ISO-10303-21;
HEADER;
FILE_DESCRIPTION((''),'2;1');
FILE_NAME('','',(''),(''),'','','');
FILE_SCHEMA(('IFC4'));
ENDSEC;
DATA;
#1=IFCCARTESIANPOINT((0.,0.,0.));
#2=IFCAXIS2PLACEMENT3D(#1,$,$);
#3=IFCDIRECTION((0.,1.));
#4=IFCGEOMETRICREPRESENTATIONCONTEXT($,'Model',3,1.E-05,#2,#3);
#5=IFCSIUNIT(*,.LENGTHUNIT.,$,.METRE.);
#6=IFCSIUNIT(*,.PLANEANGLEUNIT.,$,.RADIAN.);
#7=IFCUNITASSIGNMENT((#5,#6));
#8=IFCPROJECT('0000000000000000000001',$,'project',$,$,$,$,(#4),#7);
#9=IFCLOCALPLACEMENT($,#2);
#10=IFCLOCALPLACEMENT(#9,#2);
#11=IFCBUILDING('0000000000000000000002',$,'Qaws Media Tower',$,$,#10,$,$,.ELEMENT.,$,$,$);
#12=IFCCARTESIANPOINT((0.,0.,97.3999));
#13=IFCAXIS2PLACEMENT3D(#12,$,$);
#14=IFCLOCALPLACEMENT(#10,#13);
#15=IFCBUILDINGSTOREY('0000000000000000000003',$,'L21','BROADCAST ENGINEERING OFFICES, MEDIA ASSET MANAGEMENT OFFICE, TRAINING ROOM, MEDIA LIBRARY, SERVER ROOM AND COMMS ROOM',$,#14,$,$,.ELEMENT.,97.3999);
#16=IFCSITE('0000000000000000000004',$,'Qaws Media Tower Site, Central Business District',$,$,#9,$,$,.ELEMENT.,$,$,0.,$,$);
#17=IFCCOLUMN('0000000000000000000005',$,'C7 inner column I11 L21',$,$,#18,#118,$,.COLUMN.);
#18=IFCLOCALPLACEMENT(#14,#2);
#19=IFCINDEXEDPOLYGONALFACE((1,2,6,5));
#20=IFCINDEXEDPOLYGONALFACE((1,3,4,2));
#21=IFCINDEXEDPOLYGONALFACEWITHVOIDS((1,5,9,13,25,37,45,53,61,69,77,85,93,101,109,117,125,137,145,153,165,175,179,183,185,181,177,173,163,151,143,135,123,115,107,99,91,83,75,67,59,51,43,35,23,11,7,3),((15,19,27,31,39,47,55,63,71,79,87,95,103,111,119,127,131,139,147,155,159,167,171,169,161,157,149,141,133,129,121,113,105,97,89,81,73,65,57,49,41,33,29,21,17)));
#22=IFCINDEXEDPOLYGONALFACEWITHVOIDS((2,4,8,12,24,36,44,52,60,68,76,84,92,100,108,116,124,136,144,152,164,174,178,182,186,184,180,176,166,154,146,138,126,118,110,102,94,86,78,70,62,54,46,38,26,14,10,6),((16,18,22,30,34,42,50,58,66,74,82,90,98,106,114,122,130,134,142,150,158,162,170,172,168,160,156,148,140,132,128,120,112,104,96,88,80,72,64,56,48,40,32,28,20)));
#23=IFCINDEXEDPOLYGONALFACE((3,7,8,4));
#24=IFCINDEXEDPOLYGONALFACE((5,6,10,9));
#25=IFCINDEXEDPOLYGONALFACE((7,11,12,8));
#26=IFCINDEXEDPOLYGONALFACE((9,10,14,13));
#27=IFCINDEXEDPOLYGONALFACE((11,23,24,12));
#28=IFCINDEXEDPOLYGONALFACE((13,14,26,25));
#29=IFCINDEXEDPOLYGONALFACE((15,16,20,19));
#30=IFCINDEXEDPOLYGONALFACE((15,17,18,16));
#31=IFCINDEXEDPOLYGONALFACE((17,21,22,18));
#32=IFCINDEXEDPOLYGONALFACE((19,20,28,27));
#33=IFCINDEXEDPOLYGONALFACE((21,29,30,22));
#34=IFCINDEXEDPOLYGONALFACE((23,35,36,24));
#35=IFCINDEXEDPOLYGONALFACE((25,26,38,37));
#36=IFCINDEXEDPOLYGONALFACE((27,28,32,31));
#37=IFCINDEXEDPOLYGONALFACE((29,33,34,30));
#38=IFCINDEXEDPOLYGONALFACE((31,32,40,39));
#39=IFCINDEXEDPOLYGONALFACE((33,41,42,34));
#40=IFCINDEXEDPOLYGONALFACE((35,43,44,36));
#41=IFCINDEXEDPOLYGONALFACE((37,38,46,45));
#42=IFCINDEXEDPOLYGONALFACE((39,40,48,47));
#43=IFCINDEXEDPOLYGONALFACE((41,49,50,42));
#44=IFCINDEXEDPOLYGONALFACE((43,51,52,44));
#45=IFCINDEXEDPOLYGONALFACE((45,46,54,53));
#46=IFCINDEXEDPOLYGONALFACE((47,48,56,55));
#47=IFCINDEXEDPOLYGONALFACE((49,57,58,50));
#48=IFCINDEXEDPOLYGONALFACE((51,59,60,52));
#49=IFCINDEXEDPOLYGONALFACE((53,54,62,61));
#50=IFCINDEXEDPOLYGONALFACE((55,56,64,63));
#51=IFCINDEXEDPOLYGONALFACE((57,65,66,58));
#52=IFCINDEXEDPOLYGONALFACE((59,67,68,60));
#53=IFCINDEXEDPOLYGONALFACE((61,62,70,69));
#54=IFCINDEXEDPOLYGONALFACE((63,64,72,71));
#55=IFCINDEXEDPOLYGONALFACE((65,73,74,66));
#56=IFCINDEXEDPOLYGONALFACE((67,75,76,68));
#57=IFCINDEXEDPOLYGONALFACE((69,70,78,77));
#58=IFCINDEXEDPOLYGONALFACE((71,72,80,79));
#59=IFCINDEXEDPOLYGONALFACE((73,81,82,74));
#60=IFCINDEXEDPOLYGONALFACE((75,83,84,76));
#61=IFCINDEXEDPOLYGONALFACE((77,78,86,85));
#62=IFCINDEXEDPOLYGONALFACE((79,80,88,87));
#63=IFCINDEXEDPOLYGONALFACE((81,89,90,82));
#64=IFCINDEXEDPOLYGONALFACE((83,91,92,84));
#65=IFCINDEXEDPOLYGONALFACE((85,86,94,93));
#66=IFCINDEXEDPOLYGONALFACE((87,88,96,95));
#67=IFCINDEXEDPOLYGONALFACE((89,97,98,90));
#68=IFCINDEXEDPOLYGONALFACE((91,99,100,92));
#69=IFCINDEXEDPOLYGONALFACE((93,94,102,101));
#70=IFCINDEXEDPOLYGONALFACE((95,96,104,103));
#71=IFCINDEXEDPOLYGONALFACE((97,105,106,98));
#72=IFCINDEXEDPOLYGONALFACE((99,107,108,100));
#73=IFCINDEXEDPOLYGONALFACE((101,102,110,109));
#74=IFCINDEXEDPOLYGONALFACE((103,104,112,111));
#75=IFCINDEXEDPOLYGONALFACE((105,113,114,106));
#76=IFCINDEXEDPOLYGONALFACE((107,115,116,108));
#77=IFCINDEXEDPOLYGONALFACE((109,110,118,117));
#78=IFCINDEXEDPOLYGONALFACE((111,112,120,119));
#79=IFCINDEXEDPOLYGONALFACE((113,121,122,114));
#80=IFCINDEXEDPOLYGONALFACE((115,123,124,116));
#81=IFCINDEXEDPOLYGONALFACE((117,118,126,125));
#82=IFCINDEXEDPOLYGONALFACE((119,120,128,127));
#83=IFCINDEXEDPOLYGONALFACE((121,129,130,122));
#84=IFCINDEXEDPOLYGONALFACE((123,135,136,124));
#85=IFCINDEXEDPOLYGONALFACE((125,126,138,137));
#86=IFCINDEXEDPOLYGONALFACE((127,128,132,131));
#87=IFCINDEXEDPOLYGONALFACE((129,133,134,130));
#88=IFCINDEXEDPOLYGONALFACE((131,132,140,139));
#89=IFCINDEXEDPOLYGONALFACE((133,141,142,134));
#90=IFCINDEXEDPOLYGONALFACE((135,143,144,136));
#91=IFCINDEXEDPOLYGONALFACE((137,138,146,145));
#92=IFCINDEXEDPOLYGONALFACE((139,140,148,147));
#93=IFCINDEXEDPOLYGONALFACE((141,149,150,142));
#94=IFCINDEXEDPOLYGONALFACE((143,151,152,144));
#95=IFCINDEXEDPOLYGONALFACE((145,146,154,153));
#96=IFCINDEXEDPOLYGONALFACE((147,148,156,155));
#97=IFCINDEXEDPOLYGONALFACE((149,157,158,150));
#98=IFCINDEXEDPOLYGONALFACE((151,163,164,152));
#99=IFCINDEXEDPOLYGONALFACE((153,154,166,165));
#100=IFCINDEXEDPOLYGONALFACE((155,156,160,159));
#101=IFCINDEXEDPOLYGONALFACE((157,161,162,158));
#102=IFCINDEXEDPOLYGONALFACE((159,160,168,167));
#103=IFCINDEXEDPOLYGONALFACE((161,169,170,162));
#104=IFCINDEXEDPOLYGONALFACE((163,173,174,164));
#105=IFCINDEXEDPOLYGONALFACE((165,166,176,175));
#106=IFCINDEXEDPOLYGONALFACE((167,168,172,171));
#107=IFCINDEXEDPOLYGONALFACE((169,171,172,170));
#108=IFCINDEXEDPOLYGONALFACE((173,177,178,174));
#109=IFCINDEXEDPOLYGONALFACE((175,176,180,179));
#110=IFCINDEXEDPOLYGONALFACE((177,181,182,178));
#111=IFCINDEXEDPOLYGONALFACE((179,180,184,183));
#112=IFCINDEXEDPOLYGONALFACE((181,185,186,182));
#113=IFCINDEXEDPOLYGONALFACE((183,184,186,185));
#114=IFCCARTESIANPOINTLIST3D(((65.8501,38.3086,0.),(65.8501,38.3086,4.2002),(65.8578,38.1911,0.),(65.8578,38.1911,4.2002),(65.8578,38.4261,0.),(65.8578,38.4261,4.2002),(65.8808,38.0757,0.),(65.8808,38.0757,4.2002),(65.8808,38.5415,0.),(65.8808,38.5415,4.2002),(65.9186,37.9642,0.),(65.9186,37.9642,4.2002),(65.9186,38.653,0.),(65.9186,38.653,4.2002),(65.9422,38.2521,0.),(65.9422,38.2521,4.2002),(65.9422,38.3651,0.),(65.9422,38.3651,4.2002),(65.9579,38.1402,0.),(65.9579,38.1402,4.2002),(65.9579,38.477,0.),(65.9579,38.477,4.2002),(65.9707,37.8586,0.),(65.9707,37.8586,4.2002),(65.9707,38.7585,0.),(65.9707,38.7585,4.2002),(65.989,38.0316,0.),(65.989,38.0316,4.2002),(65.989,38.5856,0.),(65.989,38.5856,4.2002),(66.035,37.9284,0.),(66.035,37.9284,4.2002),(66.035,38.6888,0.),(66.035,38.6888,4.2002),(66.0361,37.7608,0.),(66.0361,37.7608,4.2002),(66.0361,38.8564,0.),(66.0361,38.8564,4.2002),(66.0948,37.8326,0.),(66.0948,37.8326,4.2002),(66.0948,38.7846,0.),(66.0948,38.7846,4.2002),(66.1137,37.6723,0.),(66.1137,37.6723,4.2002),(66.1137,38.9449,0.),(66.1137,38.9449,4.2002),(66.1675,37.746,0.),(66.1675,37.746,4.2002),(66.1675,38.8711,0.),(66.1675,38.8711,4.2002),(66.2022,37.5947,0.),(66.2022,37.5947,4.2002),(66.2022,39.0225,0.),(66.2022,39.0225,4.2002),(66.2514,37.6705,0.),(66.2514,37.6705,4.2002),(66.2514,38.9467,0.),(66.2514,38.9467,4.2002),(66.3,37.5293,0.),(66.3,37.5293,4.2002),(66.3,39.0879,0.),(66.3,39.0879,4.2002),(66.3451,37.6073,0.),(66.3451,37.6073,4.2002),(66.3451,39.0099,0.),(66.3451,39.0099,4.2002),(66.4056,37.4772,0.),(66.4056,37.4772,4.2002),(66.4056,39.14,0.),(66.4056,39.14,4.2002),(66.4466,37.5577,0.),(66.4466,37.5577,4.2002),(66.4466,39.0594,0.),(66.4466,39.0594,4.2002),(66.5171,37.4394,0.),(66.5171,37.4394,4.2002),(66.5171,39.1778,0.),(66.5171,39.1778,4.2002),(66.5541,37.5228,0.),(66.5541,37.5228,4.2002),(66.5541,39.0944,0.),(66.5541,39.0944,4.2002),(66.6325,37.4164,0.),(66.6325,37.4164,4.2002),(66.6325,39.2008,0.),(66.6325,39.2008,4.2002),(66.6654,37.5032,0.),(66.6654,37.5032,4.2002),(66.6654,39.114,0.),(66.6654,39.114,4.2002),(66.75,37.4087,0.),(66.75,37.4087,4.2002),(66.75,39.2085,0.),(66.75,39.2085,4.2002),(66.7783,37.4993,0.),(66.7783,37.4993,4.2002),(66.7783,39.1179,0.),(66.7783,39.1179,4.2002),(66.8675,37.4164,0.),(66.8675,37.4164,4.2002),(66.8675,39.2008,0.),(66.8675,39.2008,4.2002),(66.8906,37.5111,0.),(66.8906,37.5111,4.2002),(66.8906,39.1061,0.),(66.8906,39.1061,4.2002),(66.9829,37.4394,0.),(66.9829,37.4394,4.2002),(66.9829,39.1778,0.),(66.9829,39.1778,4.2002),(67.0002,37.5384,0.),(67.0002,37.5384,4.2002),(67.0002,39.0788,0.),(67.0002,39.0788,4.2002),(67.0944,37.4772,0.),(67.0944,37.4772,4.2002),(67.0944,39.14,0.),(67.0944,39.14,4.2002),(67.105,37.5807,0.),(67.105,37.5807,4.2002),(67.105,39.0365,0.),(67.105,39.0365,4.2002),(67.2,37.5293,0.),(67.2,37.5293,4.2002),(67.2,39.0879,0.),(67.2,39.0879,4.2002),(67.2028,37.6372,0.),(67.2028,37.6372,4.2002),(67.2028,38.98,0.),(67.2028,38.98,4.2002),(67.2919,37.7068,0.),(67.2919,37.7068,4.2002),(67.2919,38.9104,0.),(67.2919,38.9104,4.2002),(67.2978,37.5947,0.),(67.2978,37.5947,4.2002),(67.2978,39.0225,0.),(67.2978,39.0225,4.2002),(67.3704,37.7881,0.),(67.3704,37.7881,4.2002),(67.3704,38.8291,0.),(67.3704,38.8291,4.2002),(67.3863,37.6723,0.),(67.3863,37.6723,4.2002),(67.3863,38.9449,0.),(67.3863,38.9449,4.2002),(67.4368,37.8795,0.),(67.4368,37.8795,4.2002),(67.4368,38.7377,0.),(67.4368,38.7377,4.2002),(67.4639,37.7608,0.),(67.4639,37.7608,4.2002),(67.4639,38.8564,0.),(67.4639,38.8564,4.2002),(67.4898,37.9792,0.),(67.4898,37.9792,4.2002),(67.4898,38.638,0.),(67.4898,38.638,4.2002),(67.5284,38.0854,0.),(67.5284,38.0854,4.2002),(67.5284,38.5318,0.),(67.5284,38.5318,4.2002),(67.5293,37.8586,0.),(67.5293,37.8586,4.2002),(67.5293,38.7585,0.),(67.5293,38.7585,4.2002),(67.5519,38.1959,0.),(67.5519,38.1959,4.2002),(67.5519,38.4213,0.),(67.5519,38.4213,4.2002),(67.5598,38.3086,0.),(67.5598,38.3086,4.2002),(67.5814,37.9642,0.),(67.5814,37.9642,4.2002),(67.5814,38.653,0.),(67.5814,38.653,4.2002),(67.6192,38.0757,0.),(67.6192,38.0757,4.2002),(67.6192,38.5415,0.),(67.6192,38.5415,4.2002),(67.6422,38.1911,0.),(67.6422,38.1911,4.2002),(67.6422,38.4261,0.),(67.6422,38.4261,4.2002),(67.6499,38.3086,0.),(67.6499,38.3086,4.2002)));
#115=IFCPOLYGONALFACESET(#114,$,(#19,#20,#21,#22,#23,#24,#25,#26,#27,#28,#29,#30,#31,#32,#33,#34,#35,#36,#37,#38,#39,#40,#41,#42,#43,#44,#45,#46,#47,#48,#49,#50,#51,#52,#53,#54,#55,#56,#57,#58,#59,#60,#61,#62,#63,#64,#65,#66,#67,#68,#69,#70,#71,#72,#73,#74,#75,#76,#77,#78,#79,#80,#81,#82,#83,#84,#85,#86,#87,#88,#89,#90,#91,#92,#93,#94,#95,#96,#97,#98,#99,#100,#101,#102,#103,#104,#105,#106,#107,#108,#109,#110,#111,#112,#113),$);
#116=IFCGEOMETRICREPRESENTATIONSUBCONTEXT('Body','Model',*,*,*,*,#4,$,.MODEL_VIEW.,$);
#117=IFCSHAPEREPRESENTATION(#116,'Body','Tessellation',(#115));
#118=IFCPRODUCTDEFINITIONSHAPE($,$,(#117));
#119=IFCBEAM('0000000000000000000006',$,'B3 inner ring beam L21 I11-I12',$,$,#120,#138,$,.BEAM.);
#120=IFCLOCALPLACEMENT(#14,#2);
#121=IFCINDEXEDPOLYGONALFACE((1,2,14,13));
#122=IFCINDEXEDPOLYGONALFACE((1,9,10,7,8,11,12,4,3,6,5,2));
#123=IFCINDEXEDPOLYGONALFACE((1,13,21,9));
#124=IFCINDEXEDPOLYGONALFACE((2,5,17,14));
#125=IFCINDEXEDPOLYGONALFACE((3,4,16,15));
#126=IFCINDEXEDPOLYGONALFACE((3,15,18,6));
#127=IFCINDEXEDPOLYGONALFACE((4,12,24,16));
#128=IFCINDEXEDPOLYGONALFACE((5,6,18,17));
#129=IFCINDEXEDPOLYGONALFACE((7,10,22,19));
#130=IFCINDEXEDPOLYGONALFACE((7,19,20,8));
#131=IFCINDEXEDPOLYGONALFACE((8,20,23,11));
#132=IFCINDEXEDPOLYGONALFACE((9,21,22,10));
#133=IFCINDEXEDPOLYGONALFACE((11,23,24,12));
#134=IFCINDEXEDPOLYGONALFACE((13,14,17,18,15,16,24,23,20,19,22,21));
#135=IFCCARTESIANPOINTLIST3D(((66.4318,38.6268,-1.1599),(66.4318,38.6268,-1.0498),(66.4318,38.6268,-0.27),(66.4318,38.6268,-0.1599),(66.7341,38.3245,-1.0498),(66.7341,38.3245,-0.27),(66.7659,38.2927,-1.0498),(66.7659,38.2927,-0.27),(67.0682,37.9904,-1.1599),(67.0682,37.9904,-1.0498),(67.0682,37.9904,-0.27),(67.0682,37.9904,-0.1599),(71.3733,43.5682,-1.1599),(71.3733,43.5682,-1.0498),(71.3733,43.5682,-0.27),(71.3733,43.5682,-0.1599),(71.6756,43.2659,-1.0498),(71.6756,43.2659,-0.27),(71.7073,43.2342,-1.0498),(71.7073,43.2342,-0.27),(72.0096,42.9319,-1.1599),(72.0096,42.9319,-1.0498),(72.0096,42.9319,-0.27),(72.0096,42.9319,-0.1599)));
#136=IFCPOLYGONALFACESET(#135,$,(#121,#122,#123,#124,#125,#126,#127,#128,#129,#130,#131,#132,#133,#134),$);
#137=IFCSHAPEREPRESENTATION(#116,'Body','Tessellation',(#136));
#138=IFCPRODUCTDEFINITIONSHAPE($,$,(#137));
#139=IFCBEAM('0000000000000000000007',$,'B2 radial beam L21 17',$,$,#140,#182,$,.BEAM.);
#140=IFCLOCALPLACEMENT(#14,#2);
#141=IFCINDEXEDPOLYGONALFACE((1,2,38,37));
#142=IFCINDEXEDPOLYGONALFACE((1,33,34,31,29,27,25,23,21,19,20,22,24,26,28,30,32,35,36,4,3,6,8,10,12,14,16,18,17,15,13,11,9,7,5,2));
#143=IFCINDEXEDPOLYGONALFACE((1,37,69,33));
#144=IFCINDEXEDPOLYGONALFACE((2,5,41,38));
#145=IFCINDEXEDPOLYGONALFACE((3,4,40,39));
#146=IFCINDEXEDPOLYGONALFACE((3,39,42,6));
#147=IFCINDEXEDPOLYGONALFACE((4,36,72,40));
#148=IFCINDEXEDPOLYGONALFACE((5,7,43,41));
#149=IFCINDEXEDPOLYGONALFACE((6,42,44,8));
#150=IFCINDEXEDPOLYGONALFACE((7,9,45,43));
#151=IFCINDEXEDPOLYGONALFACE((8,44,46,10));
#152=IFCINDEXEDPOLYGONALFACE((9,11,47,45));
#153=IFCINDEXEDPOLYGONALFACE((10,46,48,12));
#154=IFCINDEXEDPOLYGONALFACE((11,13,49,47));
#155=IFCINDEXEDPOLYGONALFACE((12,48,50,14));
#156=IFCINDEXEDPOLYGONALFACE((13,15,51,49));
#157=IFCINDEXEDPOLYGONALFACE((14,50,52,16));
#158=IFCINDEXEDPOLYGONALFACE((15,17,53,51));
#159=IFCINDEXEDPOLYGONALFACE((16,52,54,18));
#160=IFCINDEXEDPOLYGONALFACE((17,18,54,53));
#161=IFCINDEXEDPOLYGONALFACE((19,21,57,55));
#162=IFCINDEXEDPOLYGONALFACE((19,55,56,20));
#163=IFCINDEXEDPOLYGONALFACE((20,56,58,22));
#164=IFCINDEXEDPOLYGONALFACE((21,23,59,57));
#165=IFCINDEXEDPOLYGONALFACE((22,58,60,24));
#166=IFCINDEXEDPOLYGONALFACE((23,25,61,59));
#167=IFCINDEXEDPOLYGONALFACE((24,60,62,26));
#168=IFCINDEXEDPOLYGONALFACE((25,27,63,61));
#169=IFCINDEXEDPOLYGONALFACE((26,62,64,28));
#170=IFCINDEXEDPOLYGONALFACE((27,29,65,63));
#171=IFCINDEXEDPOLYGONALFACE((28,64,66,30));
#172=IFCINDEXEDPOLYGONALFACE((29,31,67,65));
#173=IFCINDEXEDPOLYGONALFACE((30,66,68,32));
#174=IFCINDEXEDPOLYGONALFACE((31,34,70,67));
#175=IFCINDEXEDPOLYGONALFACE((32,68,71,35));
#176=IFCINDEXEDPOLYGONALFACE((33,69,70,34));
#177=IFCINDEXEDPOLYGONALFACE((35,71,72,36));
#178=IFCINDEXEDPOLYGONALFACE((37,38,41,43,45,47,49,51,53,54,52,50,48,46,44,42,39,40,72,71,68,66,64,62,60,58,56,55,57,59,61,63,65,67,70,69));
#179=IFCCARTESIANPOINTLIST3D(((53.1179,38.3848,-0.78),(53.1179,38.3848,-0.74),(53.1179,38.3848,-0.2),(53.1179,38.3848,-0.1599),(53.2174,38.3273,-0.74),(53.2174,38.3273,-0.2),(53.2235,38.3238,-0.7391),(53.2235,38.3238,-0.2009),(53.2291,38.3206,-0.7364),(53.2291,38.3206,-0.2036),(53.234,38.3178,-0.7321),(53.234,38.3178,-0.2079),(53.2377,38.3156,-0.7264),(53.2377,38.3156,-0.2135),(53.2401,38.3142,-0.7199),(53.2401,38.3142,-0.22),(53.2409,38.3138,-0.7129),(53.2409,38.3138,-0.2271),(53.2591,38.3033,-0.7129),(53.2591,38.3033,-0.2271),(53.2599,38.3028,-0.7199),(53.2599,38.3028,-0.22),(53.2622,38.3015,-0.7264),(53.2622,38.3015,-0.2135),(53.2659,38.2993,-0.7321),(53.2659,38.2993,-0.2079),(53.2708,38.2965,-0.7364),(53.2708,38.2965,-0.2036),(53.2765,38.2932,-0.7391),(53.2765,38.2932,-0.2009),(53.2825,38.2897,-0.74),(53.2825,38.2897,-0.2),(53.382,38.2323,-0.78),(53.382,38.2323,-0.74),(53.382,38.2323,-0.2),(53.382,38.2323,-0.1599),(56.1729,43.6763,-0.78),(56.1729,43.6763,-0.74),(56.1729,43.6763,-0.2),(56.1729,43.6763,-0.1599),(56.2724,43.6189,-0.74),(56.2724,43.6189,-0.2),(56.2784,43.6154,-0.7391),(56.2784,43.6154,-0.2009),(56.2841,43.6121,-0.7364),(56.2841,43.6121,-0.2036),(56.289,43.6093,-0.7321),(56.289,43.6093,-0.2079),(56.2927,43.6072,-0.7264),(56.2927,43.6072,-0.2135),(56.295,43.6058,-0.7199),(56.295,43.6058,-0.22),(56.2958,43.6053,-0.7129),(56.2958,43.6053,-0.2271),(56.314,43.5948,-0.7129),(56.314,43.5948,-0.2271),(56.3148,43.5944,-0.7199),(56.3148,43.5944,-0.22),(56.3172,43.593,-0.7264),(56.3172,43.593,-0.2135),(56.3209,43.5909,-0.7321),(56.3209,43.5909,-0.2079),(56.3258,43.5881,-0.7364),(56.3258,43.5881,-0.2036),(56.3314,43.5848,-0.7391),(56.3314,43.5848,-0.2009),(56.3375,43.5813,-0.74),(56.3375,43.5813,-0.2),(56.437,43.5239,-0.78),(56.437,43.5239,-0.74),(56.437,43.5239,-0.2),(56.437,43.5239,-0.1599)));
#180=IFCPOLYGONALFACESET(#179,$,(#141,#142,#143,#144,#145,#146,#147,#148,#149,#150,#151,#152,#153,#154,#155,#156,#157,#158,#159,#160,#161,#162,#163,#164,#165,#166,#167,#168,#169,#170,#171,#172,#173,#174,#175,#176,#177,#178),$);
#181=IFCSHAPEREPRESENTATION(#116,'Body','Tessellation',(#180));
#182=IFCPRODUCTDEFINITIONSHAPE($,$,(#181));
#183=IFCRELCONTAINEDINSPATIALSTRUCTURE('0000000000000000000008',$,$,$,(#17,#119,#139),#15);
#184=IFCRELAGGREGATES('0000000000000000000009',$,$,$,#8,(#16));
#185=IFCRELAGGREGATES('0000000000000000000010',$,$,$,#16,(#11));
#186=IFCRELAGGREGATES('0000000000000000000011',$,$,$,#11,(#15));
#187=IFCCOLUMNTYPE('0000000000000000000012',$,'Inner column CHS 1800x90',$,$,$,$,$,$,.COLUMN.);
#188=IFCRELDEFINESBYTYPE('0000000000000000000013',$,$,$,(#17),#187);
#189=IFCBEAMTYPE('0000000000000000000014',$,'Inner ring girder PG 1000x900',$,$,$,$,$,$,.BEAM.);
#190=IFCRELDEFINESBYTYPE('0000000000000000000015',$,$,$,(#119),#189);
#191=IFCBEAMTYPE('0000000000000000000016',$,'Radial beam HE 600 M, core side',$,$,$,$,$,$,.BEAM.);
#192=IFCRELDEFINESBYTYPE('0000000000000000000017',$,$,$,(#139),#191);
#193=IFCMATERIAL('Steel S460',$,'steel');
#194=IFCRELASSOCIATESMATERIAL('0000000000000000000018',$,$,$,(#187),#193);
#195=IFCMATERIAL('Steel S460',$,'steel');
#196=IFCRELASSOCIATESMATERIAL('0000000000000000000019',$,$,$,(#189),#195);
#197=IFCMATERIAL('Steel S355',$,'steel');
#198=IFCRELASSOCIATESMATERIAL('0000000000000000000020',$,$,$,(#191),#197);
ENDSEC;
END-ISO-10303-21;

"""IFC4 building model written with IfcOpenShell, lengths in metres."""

from ifc_helpers import new_model, si_unit, direction, frame, origin, origin_2d, place, context, subcontext, project, spatial, hollow_circle, i_section, extrude, material, material_profile, profile_set, type_object, element, save


model = new_model("IFC4")

# Units and contexts
model_context = context("Model", 3, precision=1e-05, world=origin(), true_north=direction((0.0, 1.0)))
body_context = subcontext(model_context, "Body", "Model", "MODEL_VIEW")
ifc_project = project(units=[si_unit("LENGTHUNIT", "METRE"), si_unit("PLANEANGLEUNIT", "RADIAN")], contexts=[model_context])

# Site, building, storey
site_placement = place(None, origin())
site = spatial("IfcSite", under=ifc_project, at=site_placement, Name="Qaws Media Tower Site, Central Business District", CompositionType="ELEMENT", RefElevation=0.0)
building_placement = place(site_placement, origin())
building = spatial("IfcBuilding", under=site, at=building_placement, Name="Qaws Media Tower", CompositionType="ELEMENT")
storey_placement = place(building_placement, frame((0.0, 0.0, 97.3999)))
storey = spatial("IfcBuildingStorey", under=building, at=storey_placement, Name="L21", Description="BROADCAST ENGINEERING OFFICES, MEDIA ASSET MANAGEMENT OFFICE, TRAINING ROOM, MEDIA LIBRARY, SERVER ROOM AND COMMS ROOM", CompositionType="ELEMENT", Elevation=97.3999)

# Column
ifc_material_1 = material(Name="Steel S460", Category="steel")
ifc_material_profile_1 = material_profile(ifc_material_1, hollow_circle(Radius=0.8999, WallThickness=0.0901, at=origin_2d()), Name="CHS 1800x90")
ifc_profile_set_1 = profile_set([ifc_material_profile_1], Name="Steel S460")
column_type = type_object("IfcColumnType", Name="Inner column CHS 1800x90", PredefinedType="COLUMN", material=ifc_profile_set_1)
column_placement = place(storey_placement, frame((66.75, 38.3086, 0.0), z_axis=(0.0, 0.0, 1.0), x_axis=(1.0, 0.0, 0.0)))
element("IfcColumn", 1, at=column_placement, inside=storey, type_object=column_type, Name="C7 inner column I11 L21", PredefinedType="COLUMN", context=body_context, shape_type="SweptSolid", body=[
    extrude(hollow_circle(Radius=0.8999, WallThickness=0.0901, at=origin_2d()), origin(), (0.0, 0.0, 1.0), 4.2002),
])

# Beams
ifc_material_2 = material(Name="Steel S460", Category="steel")
ifc_material_profile_2 = material_profile(ifc_material_2, i_section(OverallWidth=0.8999, OverallDepth=1.0, WebThickness=0.0449, FlangeThickness=0.1101, at=origin_2d()), Name="PG 1000x900")
ifc_profile_set_2 = profile_set([ifc_material_profile_2], Name="Steel S460")
beam_type_1 = type_object("IfcBeamType", Name="Inner ring girder PG 1000x900", PredefinedType="BEAM", material=ifc_profile_set_2)
beam_1_placement = place(storey_placement, frame((66.75, 38.3086, -0.6599), z_axis=(0.707107, 0.707107, 0.0), x_axis=(-0.707107, 0.707107, 0.0)))
element("IfcBeam", 2, at=beam_1_placement, inside=storey, type_object=beam_type_1, Name="B3 inner ring beam L21 I11-I12", PredefinedType="BEAM", context=body_context, shape_type="SweptSolid", body=[
    extrude(i_section(OverallWidth=0.8999, OverallDepth=1.0, WebThickness=0.0449, FlangeThickness=0.1101, at=origin_2d()), origin(), (0.0, 0.0, 1.0), 6.9883),
])
ifc_material_3 = material(Name="Steel S355", Category="steel")
ifc_material_profile_3 = material_profile(ifc_material_3, i_section(OverallWidth=0.3049, OverallDepth=0.6201, WebThickness=0.021, FlangeThickness=0.04, FilletRadius=0.0271, at=origin_2d()), Name="HE 600 M")
ifc_profile_set_3 = profile_set([ifc_material_profile_3], Name="Steel S355")
beam_type_2 = type_object("IfcBeamType", Name="Radial beam HE 600 M, core side", PredefinedType="BEAM", material=ifc_profile_set_3)
beam_2_placement = place(storey_placement, frame((56.3049, 43.6001, -0.47), z_axis=(-0.499985, -0.866034, 0.0), x_axis=(0.866034, -0.499985, 0.0)))
element("IfcBeam", 3, at=beam_2_placement, inside=storey, type_object=beam_type_2, Name="B2 radial beam L21 17", PredefinedType="BEAM", context=body_context, shape_type="SweptSolid", body=[
    extrude(i_section(OverallWidth=0.3049, OverallDepth=0.6201, WebThickness=0.021, FlangeThickness=0.04, FilletRadius=0.0271, at=origin_2d()), origin(), (0.0, 0.0, 1.0), 6.1101),
])

save(model, "model.ifc")
